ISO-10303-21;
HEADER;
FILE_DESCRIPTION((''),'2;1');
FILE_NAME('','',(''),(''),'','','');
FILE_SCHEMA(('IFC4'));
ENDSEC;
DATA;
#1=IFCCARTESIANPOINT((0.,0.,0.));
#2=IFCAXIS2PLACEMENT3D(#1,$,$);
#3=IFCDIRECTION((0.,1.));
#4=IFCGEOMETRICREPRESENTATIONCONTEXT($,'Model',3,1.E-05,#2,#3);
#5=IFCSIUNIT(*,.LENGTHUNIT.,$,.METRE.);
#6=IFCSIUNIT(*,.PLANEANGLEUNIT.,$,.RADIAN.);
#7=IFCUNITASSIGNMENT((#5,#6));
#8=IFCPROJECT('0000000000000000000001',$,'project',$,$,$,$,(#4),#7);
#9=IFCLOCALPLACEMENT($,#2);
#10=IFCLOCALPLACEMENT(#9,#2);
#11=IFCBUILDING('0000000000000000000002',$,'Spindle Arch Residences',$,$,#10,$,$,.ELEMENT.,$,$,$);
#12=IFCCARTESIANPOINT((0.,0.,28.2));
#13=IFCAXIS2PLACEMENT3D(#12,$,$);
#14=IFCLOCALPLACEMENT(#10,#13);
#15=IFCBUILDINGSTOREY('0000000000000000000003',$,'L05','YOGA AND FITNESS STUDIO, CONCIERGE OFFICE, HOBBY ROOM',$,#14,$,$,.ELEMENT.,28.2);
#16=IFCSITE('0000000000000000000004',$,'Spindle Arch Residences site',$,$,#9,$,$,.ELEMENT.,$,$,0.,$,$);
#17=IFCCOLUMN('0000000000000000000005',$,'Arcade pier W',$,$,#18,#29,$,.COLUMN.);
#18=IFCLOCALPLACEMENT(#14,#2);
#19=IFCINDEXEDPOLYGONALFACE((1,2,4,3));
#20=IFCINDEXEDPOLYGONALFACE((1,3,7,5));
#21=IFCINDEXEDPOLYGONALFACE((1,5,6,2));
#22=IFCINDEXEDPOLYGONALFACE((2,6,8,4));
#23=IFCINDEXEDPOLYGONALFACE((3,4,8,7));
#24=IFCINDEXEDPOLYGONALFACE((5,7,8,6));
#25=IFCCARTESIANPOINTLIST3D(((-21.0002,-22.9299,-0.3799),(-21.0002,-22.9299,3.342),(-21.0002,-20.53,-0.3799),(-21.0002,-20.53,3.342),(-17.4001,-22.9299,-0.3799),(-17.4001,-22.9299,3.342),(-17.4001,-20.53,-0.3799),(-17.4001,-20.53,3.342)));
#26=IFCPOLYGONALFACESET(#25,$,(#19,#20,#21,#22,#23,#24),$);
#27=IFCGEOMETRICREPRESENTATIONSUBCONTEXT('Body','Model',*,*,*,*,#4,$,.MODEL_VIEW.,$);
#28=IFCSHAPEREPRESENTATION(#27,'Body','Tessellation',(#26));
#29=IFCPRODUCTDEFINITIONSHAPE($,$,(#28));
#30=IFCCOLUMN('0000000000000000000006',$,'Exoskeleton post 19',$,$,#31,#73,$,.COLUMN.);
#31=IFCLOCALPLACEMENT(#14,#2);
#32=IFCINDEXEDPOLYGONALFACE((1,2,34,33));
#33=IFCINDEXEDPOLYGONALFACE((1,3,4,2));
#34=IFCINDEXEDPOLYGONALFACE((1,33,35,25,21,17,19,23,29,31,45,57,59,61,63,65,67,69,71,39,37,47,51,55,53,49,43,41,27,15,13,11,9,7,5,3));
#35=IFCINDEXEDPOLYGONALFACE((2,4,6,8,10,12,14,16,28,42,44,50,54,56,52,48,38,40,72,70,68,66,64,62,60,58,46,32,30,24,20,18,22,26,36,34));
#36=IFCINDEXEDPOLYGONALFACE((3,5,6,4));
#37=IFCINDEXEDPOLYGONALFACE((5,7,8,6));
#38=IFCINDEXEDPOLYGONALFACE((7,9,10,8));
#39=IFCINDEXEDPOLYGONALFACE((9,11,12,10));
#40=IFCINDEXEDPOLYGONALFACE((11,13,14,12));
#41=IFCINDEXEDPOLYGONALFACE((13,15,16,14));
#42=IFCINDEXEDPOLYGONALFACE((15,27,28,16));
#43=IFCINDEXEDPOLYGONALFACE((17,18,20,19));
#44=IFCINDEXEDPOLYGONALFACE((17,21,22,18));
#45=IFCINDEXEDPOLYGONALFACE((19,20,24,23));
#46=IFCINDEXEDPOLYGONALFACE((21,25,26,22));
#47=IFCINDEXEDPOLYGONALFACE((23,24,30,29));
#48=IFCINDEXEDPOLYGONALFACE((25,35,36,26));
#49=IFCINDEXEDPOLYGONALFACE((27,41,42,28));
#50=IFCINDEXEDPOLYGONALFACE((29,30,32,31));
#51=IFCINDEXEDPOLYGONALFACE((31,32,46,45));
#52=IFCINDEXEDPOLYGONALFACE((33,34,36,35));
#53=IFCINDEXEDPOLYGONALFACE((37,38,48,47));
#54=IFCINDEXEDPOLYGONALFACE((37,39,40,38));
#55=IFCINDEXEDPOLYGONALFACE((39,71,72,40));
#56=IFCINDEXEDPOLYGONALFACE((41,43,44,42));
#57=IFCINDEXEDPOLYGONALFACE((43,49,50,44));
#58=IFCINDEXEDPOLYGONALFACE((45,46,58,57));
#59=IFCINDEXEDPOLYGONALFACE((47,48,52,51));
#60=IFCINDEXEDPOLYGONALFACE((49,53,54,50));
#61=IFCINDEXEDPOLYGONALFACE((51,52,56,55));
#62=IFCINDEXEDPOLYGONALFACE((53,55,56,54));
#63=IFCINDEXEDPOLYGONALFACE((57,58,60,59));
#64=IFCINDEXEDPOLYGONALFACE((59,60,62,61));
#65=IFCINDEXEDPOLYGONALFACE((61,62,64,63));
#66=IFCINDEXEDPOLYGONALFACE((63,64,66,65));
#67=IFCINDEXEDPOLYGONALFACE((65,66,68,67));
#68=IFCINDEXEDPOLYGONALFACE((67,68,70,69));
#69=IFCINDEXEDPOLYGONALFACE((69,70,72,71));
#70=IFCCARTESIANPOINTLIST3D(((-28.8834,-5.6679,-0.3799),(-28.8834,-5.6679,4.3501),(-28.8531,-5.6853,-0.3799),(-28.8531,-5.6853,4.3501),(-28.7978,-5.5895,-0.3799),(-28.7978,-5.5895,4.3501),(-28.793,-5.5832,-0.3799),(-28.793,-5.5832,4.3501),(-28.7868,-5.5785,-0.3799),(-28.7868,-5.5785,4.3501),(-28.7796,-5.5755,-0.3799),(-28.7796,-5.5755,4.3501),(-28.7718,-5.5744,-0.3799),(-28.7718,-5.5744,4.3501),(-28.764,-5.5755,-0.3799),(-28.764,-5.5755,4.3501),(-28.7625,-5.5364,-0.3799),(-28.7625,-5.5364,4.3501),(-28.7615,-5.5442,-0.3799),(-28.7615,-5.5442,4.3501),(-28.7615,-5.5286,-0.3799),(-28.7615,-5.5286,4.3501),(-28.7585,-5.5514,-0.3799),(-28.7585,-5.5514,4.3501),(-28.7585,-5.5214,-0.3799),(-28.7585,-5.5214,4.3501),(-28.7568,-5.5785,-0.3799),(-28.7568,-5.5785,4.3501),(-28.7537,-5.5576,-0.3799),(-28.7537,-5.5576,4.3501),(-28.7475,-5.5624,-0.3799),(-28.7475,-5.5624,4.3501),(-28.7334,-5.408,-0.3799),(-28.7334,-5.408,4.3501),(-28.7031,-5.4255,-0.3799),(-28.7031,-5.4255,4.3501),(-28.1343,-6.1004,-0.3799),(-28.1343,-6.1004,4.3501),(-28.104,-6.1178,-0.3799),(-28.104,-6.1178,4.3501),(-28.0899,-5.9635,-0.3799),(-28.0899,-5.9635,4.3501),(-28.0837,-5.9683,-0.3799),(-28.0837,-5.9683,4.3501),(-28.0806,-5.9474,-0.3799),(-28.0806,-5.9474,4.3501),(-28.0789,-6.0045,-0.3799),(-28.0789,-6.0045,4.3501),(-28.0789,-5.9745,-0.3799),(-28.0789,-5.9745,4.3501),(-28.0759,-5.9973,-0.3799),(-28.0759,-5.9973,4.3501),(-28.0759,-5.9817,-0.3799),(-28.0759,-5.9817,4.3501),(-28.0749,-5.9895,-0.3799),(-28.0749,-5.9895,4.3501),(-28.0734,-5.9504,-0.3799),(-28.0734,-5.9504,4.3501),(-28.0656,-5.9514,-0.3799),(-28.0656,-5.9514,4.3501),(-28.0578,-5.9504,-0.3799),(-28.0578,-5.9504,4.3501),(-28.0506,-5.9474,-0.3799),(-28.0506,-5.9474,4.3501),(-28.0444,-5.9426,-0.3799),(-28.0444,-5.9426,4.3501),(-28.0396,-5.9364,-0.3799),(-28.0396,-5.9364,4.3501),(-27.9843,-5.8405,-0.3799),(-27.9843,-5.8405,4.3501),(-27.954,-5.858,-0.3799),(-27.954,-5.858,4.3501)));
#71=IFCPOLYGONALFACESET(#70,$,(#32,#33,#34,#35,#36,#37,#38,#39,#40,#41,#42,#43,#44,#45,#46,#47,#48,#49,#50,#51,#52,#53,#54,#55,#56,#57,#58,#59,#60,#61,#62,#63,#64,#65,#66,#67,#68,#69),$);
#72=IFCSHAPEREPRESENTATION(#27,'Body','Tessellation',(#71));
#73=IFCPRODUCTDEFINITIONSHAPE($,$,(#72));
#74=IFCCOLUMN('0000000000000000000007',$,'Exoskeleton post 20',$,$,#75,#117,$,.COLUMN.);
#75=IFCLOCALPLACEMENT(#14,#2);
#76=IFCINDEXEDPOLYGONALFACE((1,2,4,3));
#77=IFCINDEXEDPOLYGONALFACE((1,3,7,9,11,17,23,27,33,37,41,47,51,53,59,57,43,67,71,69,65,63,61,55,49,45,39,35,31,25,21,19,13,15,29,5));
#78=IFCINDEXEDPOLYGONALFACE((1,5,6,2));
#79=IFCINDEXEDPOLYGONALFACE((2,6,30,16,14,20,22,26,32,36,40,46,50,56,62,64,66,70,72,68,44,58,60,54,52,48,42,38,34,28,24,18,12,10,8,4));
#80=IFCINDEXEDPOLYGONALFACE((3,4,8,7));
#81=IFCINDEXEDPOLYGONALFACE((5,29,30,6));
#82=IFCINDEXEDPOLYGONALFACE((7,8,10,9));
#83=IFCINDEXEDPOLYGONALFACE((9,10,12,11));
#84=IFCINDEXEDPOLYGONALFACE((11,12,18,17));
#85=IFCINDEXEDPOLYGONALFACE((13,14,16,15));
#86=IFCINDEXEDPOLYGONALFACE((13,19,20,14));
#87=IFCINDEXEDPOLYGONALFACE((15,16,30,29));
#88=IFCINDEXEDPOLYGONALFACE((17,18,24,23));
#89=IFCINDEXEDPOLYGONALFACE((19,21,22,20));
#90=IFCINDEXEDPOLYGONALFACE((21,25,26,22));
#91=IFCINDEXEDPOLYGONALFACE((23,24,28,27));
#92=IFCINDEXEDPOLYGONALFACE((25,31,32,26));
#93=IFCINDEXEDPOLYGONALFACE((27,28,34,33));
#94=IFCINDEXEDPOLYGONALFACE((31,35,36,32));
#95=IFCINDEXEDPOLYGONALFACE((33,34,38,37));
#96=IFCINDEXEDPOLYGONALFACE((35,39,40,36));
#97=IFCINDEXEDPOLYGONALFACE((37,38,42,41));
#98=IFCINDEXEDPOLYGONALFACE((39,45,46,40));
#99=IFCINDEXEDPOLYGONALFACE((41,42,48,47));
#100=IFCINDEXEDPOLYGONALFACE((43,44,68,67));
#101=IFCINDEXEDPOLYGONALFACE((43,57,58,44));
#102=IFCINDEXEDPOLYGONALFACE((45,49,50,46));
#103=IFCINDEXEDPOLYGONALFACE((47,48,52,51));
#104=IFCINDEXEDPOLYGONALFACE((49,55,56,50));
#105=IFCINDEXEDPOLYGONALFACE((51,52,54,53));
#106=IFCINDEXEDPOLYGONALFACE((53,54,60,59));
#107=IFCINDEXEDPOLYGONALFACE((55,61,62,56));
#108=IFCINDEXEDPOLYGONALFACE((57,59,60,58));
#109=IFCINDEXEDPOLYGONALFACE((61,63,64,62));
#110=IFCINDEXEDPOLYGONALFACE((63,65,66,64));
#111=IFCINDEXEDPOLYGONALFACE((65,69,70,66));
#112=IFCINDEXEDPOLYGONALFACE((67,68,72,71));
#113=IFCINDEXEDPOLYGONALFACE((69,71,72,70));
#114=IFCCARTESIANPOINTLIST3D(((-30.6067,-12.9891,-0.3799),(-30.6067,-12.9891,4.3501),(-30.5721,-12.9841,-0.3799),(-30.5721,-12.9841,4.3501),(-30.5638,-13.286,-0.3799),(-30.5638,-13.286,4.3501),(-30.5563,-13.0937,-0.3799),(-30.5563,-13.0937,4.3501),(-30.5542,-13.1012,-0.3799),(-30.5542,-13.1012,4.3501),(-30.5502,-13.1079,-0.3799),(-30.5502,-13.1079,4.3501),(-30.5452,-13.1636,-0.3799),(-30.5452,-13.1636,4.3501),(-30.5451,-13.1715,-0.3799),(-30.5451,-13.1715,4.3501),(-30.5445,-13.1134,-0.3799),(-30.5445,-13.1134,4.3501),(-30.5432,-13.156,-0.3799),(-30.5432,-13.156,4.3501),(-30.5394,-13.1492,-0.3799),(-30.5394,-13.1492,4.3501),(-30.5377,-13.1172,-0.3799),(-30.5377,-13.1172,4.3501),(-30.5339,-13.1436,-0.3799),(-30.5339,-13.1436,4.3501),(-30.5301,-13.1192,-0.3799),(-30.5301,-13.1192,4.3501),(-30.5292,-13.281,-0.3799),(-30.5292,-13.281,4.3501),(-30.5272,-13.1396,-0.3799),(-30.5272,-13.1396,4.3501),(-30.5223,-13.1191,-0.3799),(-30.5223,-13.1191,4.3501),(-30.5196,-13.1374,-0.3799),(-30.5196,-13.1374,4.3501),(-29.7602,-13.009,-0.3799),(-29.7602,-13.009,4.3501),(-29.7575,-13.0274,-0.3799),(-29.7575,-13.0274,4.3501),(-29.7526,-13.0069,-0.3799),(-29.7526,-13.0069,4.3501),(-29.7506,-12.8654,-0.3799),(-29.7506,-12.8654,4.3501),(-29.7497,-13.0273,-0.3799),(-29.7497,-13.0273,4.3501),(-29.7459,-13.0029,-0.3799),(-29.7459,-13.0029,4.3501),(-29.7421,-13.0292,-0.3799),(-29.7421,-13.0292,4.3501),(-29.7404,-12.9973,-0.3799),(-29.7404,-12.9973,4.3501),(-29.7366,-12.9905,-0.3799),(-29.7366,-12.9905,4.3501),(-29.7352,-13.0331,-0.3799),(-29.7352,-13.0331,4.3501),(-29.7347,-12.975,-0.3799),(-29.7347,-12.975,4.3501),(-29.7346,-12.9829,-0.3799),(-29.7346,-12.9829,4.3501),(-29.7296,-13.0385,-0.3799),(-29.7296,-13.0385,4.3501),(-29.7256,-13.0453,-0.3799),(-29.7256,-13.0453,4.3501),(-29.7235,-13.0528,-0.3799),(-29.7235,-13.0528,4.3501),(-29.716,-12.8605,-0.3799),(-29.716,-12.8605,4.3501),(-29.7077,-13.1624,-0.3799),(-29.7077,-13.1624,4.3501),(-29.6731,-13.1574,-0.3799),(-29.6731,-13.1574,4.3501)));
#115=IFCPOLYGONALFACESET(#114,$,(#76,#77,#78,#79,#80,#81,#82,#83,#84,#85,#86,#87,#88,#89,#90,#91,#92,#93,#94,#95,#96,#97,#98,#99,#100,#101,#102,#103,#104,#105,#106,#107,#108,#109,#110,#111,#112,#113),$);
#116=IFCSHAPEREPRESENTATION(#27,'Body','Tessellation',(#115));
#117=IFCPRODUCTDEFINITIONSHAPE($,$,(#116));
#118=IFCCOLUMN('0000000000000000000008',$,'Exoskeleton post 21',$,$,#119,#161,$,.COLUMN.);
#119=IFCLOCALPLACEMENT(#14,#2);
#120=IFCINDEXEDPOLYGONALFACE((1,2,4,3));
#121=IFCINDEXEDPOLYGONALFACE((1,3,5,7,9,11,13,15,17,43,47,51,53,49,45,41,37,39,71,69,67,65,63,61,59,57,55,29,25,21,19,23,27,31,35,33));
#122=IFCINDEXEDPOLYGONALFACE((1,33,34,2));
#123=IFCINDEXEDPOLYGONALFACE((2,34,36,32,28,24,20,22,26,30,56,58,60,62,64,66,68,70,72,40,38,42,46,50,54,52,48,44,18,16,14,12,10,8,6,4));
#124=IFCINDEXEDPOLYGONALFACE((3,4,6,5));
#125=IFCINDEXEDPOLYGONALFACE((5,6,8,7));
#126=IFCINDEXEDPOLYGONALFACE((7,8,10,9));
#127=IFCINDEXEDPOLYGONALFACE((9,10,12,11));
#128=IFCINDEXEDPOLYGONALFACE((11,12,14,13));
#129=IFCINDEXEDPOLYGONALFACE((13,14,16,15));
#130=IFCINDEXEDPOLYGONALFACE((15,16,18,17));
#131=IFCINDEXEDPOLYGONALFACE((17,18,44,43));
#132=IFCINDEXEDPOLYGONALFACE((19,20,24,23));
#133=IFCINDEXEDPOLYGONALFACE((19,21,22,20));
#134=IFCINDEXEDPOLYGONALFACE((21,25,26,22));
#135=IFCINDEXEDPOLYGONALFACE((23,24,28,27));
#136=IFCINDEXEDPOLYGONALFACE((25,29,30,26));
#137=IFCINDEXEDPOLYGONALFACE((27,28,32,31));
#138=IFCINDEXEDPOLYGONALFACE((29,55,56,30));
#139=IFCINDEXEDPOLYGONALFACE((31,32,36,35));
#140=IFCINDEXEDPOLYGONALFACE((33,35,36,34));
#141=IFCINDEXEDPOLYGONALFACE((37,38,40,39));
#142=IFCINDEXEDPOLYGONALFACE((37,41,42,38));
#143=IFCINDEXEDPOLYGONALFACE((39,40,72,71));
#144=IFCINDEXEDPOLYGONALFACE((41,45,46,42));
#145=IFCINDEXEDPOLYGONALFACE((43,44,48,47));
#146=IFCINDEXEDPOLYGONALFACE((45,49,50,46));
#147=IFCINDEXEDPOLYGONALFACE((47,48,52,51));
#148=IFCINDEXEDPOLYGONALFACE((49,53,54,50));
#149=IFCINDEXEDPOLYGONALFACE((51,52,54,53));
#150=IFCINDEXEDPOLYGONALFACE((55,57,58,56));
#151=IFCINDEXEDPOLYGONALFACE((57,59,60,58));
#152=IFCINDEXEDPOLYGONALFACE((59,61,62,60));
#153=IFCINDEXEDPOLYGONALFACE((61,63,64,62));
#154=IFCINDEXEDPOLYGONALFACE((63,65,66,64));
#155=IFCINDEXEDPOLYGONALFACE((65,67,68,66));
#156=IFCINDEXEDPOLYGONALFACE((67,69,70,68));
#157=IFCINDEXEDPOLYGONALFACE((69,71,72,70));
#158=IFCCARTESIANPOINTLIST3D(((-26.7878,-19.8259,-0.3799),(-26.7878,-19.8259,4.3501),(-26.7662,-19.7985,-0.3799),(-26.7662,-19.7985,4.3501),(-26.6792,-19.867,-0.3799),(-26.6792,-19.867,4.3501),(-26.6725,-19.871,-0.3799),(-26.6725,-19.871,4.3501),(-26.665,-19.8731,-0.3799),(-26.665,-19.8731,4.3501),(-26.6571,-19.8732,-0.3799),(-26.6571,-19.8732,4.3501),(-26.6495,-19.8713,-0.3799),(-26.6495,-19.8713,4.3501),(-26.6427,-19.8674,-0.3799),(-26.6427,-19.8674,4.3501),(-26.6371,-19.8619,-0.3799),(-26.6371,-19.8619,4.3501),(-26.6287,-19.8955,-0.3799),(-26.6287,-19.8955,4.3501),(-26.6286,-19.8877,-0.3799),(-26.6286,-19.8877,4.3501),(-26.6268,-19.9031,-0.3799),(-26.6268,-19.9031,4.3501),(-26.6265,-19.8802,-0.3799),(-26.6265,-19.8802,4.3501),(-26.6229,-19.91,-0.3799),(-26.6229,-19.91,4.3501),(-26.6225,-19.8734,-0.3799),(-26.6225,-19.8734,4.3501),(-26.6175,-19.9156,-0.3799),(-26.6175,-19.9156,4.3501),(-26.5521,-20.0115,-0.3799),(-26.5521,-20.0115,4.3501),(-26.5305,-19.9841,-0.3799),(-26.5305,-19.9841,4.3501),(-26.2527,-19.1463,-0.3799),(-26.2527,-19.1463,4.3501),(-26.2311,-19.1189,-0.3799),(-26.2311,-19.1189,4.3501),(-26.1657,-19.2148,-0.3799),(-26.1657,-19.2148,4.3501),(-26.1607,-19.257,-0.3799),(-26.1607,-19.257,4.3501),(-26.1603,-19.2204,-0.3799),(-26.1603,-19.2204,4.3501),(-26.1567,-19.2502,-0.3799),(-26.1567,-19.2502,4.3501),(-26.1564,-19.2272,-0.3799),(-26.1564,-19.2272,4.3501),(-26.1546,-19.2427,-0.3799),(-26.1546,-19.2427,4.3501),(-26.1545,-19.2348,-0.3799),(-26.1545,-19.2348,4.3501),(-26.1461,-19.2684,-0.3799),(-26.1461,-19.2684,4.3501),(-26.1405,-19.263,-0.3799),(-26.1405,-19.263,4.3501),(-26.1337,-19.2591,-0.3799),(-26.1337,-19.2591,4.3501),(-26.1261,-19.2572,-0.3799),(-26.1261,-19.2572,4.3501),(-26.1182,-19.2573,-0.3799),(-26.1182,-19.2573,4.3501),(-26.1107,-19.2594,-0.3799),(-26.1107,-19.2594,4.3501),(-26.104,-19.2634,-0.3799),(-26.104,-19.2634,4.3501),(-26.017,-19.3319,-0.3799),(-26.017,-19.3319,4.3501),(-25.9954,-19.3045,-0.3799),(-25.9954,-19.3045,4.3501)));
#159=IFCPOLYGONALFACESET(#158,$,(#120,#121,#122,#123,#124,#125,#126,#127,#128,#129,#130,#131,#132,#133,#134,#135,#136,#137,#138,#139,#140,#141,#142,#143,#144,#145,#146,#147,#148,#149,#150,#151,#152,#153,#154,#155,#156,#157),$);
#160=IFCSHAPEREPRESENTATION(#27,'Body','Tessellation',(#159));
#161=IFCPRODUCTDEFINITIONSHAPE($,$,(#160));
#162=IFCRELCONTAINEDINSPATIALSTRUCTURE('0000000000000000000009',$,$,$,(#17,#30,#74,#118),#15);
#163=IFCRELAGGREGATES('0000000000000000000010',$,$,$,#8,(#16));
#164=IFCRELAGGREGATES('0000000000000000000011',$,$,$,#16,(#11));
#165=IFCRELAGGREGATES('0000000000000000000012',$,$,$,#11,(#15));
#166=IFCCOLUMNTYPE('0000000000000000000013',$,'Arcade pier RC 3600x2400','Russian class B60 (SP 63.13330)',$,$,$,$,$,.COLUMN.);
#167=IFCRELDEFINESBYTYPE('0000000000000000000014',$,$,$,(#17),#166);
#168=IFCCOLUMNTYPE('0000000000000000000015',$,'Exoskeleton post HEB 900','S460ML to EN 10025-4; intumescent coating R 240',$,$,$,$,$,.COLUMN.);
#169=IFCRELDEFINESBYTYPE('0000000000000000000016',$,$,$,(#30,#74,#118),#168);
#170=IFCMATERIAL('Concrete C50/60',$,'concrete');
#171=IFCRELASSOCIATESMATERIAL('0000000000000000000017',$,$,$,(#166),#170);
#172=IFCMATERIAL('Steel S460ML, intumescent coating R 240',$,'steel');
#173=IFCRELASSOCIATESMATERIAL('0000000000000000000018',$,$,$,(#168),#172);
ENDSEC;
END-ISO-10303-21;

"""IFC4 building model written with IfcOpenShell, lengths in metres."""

from ifc_helpers import new_model, si_unit, direction, frame, origin, origin_2d, place, context, subcontext, project, spatial, rectangle, i_section, extrude, material, material_profile, profile_set, type_object, element, save


model = new_model("IFC4")

# Units and contexts
model_context = context("Model", 3, precision=1e-05, world=origin(), true_north=direction((0.0, 1.0)))
body_context = subcontext(model_context, "Body", "Model", "MODEL_VIEW")
ifc_project = project(units=[si_unit("LENGTHUNIT", "METRE"), si_unit("PLANEANGLEUNIT", "RADIAN")], contexts=[model_context])

# Site, building, storey
site_placement = place(None, origin())
site = spatial("IfcSite", under=ifc_project, at=site_placement, Name="Spindle Arch Residences site", CompositionType="ELEMENT", RefElevation=0.0)
building_placement = place(site_placement, origin())
building = spatial("IfcBuilding", under=site, at=building_placement, Name="Spindle Arch Residences", CompositionType="ELEMENT")
storey_placement = place(building_placement, frame((0.0, 0.0, 28.2)))
storey = spatial("IfcBuildingStorey", under=building, at=storey_placement, Name="L05", Description="YOGA AND FITNESS STUDIO, CONCIERGE OFFICE, HOBBY ROOM", CompositionType="ELEMENT", Elevation=28.2)

# Columns
ifc_material_1 = material(Name="Concrete C50/60", Category="concrete")
ifc_material_profile_1 = material_profile(ifc_material_1, rectangle(XDim=3.6001, YDim=2.3999, at=origin_2d()), Name="RC 3600x2400")
ifc_profile_set_1 = profile_set([ifc_material_profile_1], Name="Concrete C50/60")
column_type_1 = type_object("IfcColumnType", Name="Arcade pier RC 3600x2400", Description="Russian class B60 (SP 63.13330)", PredefinedType="COLUMN", material=ifc_profile_set_1)
column_1_placement = place(storey_placement, frame((-19.2002, -21.73, -0.3799), z_axis=(0.0, 0.0, 1.0), x_axis=(1.0, 0.0, 0.0)))
element("IfcColumn", 1, at=column_1_placement, inside=storey, type_object=column_type_1, Name="Arcade pier W", PredefinedType="COLUMN", context=body_context, shape_type="SweptSolid", body=[
    extrude(rectangle(XDim=3.6001, YDim=2.3999, at=origin_2d()), origin(), (0.0, 0.0, 1.0), 3.7219),
])
ifc_material_2 = material(Name="Steel S460ML, intumescent coating R 240", Category="steel")
ifc_material_profile_2 = material_profile(ifc_material_2, i_section(OverallWidth=0.3, OverallDepth=0.8999, WebThickness=0.0186, FlangeThickness=0.0349, FilletRadius=0.03, at=origin_2d()), Name="HEB 900")
ifc_profile_set_2 = profile_set([ifc_material_profile_2], Name="Steel S460ML, intumescent coating R 240")
column_type_2 = type_object("IfcColumnType", Name="Exoskeleton post HEB 900", Description="S460ML to EN 10025-4; intumescent coating R 240", PredefinedType="COLUMN", material=ifc_profile_set_2)
for number, where, z_axis, x_axis, name in (
    (2, (-28.4187, -5.7629, -0.3799), (0.0, 0.0, 1.0), (0.5, 0.866025, 0.0), "Exoskeleton post 19"),
    (3, (-30.1399, -13.0732, -0.3799), (0.0, 0.0, 1.0), (-0.142906, 0.989736, 0.0), "Exoskeleton post 20"),
    (4, (-26.3916, -19.5652, -0.3799), (0.0, 0.0, 1.0), (-0.785684, 0.618629, 0.0), "Exoskeleton post 21"),
):
    element("IfcColumn", number, at=place(storey_placement, frame(where, z_axis=z_axis, x_axis=x_axis)), inside=storey, type_object=column_type_2, Name=name, PredefinedType="COLUMN", context=body_context, shape_type="SweptSolid", body=[
        extrude(i_section(OverallWidth=0.3, OverallDepth=0.8999, WebThickness=0.0186, FlangeThickness=0.0349, FilletRadius=0.03, at=origin_2d()), origin(), (0.0, 0.0, 1.0), 4.73),
    ])

save(model, "model.ifc")
